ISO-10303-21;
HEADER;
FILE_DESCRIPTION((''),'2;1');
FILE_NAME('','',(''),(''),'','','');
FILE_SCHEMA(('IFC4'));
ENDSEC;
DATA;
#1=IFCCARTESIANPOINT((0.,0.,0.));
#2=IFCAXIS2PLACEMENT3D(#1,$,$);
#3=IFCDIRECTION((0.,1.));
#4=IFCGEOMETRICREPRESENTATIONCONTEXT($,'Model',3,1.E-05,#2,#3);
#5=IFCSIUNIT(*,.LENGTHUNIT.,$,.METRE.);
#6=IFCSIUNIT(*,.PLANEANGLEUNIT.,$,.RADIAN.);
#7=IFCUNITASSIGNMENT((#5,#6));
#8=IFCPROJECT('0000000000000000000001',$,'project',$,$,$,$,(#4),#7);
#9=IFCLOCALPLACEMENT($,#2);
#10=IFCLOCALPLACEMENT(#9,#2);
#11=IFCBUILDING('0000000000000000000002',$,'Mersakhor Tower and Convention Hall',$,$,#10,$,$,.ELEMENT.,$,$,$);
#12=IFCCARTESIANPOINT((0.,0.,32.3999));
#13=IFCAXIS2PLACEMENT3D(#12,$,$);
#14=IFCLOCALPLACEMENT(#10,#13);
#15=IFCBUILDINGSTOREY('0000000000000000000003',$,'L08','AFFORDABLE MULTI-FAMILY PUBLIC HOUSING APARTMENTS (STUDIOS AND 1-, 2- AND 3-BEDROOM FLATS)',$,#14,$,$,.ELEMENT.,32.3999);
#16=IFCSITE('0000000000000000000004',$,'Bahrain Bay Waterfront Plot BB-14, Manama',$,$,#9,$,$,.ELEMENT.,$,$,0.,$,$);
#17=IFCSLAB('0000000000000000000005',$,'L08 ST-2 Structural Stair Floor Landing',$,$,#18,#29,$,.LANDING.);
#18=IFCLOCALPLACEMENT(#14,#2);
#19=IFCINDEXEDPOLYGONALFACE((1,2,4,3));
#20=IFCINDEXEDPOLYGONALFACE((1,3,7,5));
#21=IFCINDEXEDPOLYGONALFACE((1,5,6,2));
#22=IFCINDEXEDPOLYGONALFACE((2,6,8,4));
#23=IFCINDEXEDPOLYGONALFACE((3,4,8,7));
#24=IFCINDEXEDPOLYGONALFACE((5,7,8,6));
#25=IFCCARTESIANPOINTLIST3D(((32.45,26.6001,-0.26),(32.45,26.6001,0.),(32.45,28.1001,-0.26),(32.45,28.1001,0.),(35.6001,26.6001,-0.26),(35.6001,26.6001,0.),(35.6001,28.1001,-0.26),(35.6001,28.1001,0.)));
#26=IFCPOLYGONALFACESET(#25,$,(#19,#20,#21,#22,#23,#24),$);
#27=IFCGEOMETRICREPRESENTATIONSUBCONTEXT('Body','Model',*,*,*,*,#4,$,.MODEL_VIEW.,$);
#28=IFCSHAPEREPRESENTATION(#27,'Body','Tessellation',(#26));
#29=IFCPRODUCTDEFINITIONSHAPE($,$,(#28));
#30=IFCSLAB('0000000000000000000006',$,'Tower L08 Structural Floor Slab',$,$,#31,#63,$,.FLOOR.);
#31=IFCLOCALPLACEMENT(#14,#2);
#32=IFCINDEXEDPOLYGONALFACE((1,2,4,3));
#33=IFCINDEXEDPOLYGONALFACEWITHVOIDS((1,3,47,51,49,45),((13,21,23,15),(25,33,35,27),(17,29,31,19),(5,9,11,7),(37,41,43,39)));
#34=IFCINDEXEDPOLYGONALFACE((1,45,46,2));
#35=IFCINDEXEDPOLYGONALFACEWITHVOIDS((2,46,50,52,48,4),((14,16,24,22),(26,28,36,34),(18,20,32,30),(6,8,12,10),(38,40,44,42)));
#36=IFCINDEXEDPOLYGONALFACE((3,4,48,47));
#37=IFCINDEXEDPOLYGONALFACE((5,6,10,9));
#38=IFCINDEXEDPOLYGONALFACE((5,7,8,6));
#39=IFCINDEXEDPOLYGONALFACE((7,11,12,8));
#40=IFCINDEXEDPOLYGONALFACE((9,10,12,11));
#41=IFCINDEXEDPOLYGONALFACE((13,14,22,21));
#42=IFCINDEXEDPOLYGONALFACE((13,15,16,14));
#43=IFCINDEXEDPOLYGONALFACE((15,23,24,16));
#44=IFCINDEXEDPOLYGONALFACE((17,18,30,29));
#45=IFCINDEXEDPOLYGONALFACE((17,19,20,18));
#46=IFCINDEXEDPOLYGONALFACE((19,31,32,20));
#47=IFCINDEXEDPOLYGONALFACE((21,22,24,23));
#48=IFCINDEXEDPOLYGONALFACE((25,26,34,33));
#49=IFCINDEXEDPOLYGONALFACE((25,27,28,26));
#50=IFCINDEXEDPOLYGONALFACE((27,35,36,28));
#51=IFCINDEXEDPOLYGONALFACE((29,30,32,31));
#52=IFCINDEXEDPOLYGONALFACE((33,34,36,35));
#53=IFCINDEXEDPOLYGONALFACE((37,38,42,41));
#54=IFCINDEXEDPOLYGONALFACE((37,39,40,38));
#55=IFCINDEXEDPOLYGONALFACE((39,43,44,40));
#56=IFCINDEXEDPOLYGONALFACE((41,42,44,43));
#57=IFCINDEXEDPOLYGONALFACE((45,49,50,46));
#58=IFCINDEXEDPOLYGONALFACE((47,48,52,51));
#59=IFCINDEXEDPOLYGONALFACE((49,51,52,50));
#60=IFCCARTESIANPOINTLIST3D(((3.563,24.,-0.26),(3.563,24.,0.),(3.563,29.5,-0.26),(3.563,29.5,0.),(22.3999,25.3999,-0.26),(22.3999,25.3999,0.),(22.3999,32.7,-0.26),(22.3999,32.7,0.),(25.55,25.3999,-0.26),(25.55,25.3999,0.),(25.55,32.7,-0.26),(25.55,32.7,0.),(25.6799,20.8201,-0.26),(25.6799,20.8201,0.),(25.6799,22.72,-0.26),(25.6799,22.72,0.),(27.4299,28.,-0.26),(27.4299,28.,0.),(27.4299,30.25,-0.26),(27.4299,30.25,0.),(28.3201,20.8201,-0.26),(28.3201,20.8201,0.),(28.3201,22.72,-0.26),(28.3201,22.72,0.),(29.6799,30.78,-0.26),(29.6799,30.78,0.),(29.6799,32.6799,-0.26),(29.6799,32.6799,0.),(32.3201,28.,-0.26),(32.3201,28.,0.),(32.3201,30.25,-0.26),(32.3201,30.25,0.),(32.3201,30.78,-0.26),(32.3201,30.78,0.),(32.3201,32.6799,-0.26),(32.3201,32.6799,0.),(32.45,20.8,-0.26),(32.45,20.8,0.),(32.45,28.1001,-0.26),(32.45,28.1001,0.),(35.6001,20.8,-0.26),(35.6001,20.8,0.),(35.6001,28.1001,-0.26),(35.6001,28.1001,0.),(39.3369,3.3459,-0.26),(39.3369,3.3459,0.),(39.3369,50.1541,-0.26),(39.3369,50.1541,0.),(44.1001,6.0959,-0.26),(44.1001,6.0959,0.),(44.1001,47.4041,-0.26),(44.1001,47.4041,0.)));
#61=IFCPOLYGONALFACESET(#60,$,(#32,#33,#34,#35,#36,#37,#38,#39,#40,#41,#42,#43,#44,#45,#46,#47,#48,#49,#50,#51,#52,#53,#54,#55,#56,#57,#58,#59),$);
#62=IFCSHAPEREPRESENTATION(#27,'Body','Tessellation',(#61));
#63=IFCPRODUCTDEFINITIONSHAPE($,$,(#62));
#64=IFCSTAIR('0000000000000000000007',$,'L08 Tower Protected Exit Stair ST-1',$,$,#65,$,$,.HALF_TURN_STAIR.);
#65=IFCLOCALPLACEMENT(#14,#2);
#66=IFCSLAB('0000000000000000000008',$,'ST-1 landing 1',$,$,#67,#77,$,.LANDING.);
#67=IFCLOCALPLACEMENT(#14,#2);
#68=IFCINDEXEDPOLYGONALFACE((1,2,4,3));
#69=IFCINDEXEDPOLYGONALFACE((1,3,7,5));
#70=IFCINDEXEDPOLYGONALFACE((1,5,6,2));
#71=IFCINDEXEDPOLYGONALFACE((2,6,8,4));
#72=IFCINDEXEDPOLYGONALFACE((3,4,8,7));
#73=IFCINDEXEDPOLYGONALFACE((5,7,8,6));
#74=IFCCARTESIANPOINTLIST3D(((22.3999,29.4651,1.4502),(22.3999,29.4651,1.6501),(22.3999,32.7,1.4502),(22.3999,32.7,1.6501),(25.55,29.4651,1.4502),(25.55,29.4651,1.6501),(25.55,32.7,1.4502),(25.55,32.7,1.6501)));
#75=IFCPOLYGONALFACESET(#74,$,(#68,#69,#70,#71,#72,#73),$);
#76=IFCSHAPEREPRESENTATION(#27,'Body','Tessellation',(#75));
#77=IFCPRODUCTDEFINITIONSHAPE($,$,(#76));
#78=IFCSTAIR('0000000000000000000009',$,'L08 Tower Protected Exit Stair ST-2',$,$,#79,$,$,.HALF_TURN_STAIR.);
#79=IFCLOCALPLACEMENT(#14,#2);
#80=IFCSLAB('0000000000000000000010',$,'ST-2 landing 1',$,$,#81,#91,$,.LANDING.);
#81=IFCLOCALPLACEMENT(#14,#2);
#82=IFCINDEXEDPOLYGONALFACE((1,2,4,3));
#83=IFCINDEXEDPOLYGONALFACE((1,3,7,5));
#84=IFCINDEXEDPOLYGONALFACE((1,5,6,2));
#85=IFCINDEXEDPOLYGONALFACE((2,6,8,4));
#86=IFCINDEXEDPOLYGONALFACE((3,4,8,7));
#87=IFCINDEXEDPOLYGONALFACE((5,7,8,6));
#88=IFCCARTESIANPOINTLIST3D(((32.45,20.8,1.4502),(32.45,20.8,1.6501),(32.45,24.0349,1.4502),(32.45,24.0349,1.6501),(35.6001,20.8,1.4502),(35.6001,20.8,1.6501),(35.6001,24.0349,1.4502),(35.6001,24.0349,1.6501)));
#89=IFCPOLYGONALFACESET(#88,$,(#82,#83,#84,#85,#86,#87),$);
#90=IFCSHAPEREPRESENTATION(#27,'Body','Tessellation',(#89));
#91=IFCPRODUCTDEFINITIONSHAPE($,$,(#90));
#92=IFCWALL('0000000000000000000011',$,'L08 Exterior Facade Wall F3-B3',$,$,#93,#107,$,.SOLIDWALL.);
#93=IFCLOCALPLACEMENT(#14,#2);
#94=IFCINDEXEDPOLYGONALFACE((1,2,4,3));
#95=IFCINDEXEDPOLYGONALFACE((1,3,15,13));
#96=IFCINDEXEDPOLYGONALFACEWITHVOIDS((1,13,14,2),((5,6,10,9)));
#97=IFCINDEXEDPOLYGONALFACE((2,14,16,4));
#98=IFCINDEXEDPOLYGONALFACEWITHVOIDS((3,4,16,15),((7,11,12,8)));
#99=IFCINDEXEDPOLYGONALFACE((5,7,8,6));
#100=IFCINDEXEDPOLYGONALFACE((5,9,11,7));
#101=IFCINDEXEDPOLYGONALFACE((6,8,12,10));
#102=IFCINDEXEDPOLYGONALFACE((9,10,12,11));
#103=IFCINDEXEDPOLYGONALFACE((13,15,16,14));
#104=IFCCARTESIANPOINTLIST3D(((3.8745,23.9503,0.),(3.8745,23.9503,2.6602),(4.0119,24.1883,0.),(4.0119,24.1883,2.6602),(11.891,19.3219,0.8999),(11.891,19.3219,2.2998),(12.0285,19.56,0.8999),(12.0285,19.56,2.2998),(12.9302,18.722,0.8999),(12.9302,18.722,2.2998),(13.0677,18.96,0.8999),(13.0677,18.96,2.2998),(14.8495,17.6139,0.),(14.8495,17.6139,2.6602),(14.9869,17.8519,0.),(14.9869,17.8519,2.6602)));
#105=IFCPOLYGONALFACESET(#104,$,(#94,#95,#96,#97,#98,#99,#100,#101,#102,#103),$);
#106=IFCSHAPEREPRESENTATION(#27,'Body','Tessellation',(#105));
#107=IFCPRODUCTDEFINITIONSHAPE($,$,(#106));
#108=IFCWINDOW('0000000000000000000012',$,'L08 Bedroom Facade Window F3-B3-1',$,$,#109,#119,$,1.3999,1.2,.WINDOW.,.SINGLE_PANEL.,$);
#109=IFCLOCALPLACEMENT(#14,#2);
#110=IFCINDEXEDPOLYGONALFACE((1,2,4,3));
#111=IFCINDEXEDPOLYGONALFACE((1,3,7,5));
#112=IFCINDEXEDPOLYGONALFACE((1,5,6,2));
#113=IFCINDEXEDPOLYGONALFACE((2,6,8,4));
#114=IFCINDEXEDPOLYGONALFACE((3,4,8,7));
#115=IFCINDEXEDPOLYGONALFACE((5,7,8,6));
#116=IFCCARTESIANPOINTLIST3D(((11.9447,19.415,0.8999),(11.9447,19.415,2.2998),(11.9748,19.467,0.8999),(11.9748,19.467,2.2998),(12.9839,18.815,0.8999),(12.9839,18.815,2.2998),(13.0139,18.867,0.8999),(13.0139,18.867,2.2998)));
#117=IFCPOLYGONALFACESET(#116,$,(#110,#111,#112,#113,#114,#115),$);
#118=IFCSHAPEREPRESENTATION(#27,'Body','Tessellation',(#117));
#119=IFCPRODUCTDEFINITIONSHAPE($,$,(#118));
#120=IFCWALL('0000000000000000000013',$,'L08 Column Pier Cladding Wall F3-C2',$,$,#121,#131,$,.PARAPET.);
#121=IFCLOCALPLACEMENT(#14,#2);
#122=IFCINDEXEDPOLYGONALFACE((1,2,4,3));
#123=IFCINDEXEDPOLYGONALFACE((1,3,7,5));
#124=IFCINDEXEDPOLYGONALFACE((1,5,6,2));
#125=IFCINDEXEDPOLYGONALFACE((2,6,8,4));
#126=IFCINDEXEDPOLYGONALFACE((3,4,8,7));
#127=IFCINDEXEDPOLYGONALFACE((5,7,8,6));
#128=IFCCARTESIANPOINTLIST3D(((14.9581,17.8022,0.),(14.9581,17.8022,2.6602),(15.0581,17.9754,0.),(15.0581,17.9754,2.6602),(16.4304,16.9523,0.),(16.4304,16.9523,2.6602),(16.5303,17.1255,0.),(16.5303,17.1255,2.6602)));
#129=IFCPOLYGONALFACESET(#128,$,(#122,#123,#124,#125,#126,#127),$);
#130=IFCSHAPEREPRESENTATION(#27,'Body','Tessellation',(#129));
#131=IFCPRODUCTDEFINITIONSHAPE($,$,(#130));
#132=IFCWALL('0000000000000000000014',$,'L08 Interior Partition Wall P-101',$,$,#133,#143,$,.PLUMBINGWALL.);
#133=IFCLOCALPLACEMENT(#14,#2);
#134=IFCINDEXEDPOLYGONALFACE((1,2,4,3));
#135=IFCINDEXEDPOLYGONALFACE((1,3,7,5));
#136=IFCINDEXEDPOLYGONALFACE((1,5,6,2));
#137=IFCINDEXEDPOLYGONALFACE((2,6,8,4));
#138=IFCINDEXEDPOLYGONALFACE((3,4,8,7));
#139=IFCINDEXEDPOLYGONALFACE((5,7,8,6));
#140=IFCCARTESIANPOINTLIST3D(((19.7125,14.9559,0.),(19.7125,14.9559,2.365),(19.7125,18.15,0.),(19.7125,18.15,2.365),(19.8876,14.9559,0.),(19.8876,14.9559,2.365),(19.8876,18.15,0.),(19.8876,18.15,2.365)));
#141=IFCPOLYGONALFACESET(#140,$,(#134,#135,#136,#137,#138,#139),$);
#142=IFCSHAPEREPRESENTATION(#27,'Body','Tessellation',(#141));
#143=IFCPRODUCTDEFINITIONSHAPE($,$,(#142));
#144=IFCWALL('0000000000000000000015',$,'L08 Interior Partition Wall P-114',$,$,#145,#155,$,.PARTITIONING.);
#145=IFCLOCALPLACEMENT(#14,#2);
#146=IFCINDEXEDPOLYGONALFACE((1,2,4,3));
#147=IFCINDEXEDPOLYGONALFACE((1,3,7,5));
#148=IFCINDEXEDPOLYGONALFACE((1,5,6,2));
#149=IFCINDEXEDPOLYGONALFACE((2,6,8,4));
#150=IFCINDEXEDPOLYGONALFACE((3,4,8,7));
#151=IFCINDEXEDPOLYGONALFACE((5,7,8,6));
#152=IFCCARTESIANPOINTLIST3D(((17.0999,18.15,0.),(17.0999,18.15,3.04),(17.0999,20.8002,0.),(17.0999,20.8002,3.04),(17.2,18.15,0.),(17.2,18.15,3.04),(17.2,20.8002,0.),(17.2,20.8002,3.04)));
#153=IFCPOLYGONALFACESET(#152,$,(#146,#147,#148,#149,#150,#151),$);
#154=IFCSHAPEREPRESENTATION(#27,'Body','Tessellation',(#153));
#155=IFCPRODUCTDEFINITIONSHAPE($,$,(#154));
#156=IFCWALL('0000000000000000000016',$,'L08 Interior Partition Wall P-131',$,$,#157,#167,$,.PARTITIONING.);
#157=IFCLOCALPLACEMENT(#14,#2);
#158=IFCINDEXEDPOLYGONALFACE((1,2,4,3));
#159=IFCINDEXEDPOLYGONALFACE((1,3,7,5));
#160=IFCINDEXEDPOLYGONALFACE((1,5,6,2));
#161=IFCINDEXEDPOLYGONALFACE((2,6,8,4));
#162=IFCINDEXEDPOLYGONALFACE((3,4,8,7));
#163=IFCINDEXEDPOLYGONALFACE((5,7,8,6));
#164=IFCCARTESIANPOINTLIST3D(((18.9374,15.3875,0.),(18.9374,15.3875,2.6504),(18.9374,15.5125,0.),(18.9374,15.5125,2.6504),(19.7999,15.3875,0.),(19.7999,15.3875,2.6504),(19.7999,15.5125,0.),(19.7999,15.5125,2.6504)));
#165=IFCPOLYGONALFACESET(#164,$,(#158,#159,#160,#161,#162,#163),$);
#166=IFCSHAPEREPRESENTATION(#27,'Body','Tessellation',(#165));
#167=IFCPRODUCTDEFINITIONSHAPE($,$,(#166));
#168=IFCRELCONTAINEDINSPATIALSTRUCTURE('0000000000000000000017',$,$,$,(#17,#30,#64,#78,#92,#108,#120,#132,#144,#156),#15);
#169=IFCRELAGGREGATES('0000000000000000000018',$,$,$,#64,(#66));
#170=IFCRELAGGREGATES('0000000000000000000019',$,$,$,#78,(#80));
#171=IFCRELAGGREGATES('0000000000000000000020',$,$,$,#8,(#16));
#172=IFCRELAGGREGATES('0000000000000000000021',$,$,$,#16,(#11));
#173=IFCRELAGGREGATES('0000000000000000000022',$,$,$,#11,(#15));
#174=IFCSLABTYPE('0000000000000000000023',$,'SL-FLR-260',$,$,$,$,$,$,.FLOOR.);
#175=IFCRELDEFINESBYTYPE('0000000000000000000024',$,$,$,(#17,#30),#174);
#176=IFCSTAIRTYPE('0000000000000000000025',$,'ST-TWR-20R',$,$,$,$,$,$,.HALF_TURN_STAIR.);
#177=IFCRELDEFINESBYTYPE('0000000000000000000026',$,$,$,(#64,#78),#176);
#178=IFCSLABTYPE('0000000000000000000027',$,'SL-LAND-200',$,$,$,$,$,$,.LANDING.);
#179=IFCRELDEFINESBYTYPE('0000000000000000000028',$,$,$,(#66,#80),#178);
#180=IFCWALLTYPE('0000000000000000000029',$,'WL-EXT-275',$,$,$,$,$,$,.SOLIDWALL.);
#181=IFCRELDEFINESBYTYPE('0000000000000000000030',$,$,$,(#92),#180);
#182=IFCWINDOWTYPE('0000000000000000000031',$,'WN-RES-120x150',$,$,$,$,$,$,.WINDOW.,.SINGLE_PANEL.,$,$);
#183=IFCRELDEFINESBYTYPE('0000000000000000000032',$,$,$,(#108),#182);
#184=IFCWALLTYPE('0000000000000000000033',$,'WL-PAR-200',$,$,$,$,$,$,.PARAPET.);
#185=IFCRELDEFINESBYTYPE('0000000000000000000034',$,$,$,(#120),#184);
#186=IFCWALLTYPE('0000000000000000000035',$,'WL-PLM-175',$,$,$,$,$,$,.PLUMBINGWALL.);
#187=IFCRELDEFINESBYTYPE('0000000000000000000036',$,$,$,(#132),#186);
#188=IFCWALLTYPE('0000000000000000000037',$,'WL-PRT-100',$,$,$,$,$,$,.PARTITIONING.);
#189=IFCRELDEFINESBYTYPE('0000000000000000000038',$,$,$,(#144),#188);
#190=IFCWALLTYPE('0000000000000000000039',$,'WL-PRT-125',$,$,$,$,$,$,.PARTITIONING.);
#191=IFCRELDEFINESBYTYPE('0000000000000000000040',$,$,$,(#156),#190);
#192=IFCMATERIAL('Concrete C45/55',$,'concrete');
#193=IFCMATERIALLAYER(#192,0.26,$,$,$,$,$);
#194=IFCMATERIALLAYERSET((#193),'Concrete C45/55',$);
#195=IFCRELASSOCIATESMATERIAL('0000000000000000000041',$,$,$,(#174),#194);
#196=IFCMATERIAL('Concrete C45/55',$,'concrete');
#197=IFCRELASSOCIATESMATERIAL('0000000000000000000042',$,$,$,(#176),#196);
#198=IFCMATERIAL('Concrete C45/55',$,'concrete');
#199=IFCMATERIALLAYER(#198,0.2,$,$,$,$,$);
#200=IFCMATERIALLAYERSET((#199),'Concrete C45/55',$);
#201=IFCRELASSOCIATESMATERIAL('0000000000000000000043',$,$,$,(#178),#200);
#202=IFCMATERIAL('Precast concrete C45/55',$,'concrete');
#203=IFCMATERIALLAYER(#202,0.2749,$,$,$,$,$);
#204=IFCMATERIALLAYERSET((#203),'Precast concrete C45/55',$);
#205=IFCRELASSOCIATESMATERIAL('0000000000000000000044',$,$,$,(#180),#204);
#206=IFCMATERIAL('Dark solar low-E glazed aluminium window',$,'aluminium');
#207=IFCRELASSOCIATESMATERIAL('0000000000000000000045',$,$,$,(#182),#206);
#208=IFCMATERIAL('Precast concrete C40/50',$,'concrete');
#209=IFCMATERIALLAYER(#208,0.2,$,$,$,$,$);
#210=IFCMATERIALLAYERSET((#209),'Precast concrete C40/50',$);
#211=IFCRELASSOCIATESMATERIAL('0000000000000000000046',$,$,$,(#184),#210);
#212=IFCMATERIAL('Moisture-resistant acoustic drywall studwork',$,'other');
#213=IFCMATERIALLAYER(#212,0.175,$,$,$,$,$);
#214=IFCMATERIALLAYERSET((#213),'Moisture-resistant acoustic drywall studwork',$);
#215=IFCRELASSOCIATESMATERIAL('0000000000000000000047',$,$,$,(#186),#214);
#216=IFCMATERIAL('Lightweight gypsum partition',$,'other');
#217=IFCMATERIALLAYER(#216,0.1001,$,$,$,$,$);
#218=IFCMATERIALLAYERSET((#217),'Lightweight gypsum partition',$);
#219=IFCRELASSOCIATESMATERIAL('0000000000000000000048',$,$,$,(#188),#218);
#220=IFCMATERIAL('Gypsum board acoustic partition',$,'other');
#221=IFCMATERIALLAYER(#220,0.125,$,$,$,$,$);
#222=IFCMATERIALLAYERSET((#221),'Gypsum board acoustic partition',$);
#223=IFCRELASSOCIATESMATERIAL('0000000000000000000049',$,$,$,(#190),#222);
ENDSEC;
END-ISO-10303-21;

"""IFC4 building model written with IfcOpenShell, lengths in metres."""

from ifc_helpers import new_model, si_unit, direction, frame, frame_2d, origin, place, context, subcontext, project, spatial, polyline, rectangle, outline, extrude, material, layer, layer_set, type_object, element, fill, aggregate, save


model = new_model("IFC4")

# Units and contexts
model_context = context("Model", 3, precision=1e-05, world=origin(), true_north=direction((0.0, 1.0)))
body_context = subcontext(model_context, "Body", "Model", "MODEL_VIEW")
ifc_project = project(units=[si_unit("LENGTHUNIT", "METRE"), si_unit("PLANEANGLEUNIT", "RADIAN")], contexts=[model_context])

# Site, building, storey
site_placement = place(None, origin())
site = spatial("IfcSite", under=ifc_project, at=site_placement, Name="Bahrain Bay Waterfront Plot BB-14, Manama", CompositionType="ELEMENT", RefElevation=0.0)
building_placement = place(site_placement, origin())
building = spatial("IfcBuilding", under=site, at=building_placement, Name="Mersakhor Tower and Convention Hall", CompositionType="ELEMENT")
storey_placement = place(building_placement, frame((0.0, 0.0, 32.3999)))
storey = spatial("IfcBuildingStorey", under=building, at=storey_placement, Name="L08", Description="AFFORDABLE MULTI-FAMILY PUBLIC HOUSING APARTMENTS (STUDIOS AND 1-, 2- AND 3-BEDROOM FLATS)", CompositionType="ELEMENT", Elevation=32.3999)

# Slabs
ifc_material_1 = material(Name="Concrete C45/55", Category="concrete")
ifc_layer_1 = layer(ifc_material_1, 0.26)
ifc_layer_set_1 = layer_set([ifc_layer_1], Name="Concrete C45/55")
slab_type_1 = type_object("IfcSlabType", Name="SL-FLR-260", PredefinedType="FLOOR", material=ifc_layer_set_1)
slab_1_placement = place(storey_placement, frame((0.0, 0.0, -0.26)))
element("IfcSlab", 1, at=slab_1_placement, inside=storey, type_object=slab_type_1, Name="L08 ST-2 Structural Stair Floor Landing", PredefinedType="LANDING", context=body_context, shape_type="SweptSolid", body=[
    extrude(outline(polyline([(32.45, 28.1001), (32.45, 26.6001), (35.6001, 26.6001), (35.6001, 28.1001), (32.45, 28.1001)])), origin(), (0.0, 0.0, 1.0), 0.26),
])
slab_2_placement = place(storey_placement, frame((0.0, 0.0, -0.26)))
element("IfcSlab", 2, at=slab_2_placement, inside=storey, type_object=slab_type_1, Name="Tower L08 Structural Floor Slab", PredefinedType="FLOOR", context=body_context, shape_type="SweptSolid", body=[
    extrude(outline(polyline([(3.563, 29.5), (39.3369, 50.1541), (44.1001, 47.4041), (44.1001, 6.0959), (39.3369, 3.3459), (3.563, 24.0), (3.563, 29.5)]), holes=[polyline([(25.55, 25.3999), (25.55, 32.7), (22.3999, 32.7), (22.3999, 25.3999), (25.55, 25.3999)]), polyline([(32.45, 28.1001), (32.45, 20.8), (35.6001, 20.8), (35.6001, 28.1001), (32.45, 28.1001)]), polyline([(25.6799, 20.8201), (25.6799, 22.72), (28.3201, 22.72), (28.3201, 20.8201), (25.6799, 20.8201)]), polyline([(29.6799, 30.78), (29.6799, 32.6799), (32.3201, 32.6799), (32.3201, 30.78), (29.6799, 30.78)]), polyline([(27.4299, 28.0), (27.4299, 30.25), (32.3201, 30.25), (32.3201, 28.0), (27.4299, 28.0)])]), origin(), (0.0, 0.0, 1.0), 0.26),
])

# Stairs, slabs
ifc_material_2 = material(Name="Concrete C45/55", Category="concrete")
stair_type = type_object("IfcStairType", Name="ST-TWR-20R", PredefinedType="HALF_TURN_STAIR", material=ifc_material_2)
stair_1_placement = place(storey_placement, origin())
stair_1 = element("IfcStair", 3, at=stair_1_placement, inside=storey, type_object=stair_type, Name="L08 Tower Protected Exit Stair ST-1", PredefinedType="HALF_TURN_STAIR")
ifc_material_3 = material(Name="Concrete C45/55", Category="concrete")
ifc_layer_2 = layer(ifc_material_3, 0.2)
ifc_layer_set_2 = layer_set([ifc_layer_2], Name="Concrete C45/55")
slab_type_2 = type_object("IfcSlabType", Name="SL-LAND-200", PredefinedType="LANDING", material=ifc_layer_set_2)
slab_3_placement = place(storey_placement, frame((0.0, 0.0, 1.4502)))
slab_3 = element("IfcSlab", 4, at=slab_3_placement, type_object=slab_type_2, Name="ST-1 landing 1", PredefinedType="LANDING", context=body_context, shape_type="SweptSolid", body=[
    extrude(outline(polyline([(25.55, 29.4651), (25.55, 32.7), (22.3999, 32.7), (22.3999, 29.4651), (25.55, 29.4651)])), origin(), (0.0, 0.0, 1.0), 0.2),
])
aggregate(stair_1, [slab_3])
stair_2_placement = place(storey_placement, origin())
stair_2 = element("IfcStair", 5, at=stair_2_placement, inside=storey, type_object=stair_type, Name="L08 Tower Protected Exit Stair ST-2", PredefinedType="HALF_TURN_STAIR")
slab_4_placement = place(storey_placement, frame((0.0, 0.0, 1.4502)))
slab_4 = element("IfcSlab", 6, at=slab_4_placement, type_object=slab_type_2, Name="ST-2 landing 1", PredefinedType="LANDING", context=body_context, shape_type="SweptSolid", body=[
    extrude(outline(polyline([(32.45, 24.0349), (32.45, 20.8), (35.6001, 20.8), (35.6001, 24.0349), (32.45, 24.0349)])), origin(), (0.0, 0.0, 1.0), 0.2),
])
aggregate(stair_2, [slab_4])

# Wall, opening, window
ifc_material_4 = material(Name="Precast concrete C45/55", Category="concrete")
ifc_layer_3 = layer(ifc_material_4, 0.2749)
ifc_layer_set_3 = layer_set([ifc_layer_3], Name="Precast concrete C45/55")
wall_type_1 = type_object("IfcWallType", Name="WL-EXT-275", PredefinedType="SOLIDWALL", material=ifc_layer_set_3)
wall_1_placement = place(storey_placement, frame((14.9182, 17.7329, 0.0), z_axis=(0.0, 0.0, 1.0), x_axis=(-0.866027, 0.499997, 0.0)))
wall_1 = element("IfcWall", 7, at=wall_1_placement, inside=storey, type_object=wall_type_1, Name="L08 Exterior Facade Wall F3-B3", PredefinedType="SOLIDWALL", context=body_context, shape_type="SweptSolid", body=[
    extrude(rectangle(XDim=12.6729, YDim=0.2749, at=frame_2d((6.3364, 0.0))), origin(), (0.0, 0.0, 1.0), 2.6602),
])
opening_placement = place(wall_1_placement, frame((2.2161, 0.0, 0.8999)))
opening = element("IfcOpeningElement", 8, at=opening_placement, cuts=wall_1, PredefinedType="OPENING", context=body_context, shape_type="SweptSolid", body=[
    extrude(rectangle(XDim=1.2, YDim=1.3999, at=frame_2d((0.6001, 0.7))), frame((0.0, 0.1475, 0.0), z_axis=(0.0, -1.0, 0.0), x_axis=(1.0, 0.0, 0.0)), (0.0, 0.0, 1.0), 0.2949),
])
ifc_material_5 = material(Name="Dark solar low-E glazed aluminium window", Category="aluminium")
window_type = type_object("IfcWindowType", Name="WN-RES-120x150", PartitioningType="SINGLE_PANEL", PredefinedType="WINDOW", material=ifc_material_5)
window_placement = place(opening_placement, origin())
window = element("IfcWindow", 9, at=window_placement, inside=storey, type_object=window_type, Name="L08 Bedroom Facade Window F3-B3-1", OverallHeight=1.3999, OverallWidth=1.2, PartitioningType="SINGLE_PANEL", PredefinedType="WINDOW", context=body_context, shape_type="SweptSolid", body=[
    extrude(rectangle(XDim=1.2, YDim=1.3999, at=frame_2d((0.6001, 0.7))), frame((0.0, 0.03, 0.0), z_axis=(0.0, -1.0, 0.0), x_axis=(1.0, 0.0, 0.0)), (0.0, 0.0, 1.0), 0.0601),
])
fill(opening, window)

# Walls
ifc_material_6 = material(Name="Precast concrete C40/50", Category="concrete")
ifc_layer_4 = layer(ifc_material_6, 0.2)
ifc_layer_set_4 = layer_set([ifc_layer_4], Name="Precast concrete C40/50")
wall_type_2 = type_object("IfcWallType", Name="WL-PAR-200", PredefinedType="PARAPET", material=ifc_layer_set_4)
wall_2_placement = place(storey_placement, frame((16.4805, 17.0388, 0.0), z_axis=(0.0, 0.0, 1.0), x_axis=(-0.866052, 0.499955, 0.0)))
element("IfcWall", 10, at=wall_2_placement, inside=storey, type_object=wall_type_2, Name="L08 Column Pier Cladding Wall F3-C2", PredefinedType="PARAPET", context=body_context, shape_type="SweptSolid", body=[
    extrude(rectangle(XDim=1.7, YDim=0.2, at=frame_2d((0.8501, 0.0))), origin(), (0.0, 0.0, 1.0), 2.6602),
])
ifc_material_7 = material(Name="Moisture-resistant acoustic drywall studwork", Category="other")
ifc_layer_5 = layer(ifc_material_7, 0.175)
ifc_layer_set_5 = layer_set([ifc_layer_5], Name="Moisture-resistant acoustic drywall studwork")
wall_type_3 = type_object("IfcWallType", Name="WL-PLM-175", PredefinedType="PLUMBINGWALL", material=ifc_layer_set_5)
wall_3_placement = place(storey_placement, frame((19.8, 14.9558, 0.0), z_axis=(0.0, 0.0, 1.0), x_axis=(0.0, 1.0, 0.0)))
element("IfcWall", 11, at=wall_3_placement, inside=storey, type_object=wall_type_3, Name="L08 Interior Partition Wall P-101", PredefinedType="PLUMBINGWALL", context=body_context, shape_type="SweptSolid", body=[
    extrude(rectangle(XDim=3.1941, YDim=0.175, at=frame_2d((1.5972, 0.0))), origin(), (0.0, 0.0, 1.0), 2.365),
])
ifc_material_8 = material(Name="Lightweight gypsum partition", Category="other")
ifc_layer_6 = layer(ifc_material_8, 0.1001)
ifc_layer_set_6 = layer_set([ifc_layer_6], Name="Lightweight gypsum partition")
wall_type_4 = type_object("IfcWallType", Name="WL-PRT-100", PredefinedType="PARTITIONING", material=ifc_layer_set_6)
wall_4_placement = place(storey_placement, frame((17.1499, 18.1499, 0.0), z_axis=(0.0, 0.0, 1.0), x_axis=(0.0, 1.0, 0.0)))
element("IfcWall", 12, at=wall_4_placement, inside=storey, type_object=wall_type_4, Name="L08 Interior Partition Wall P-114", PredefinedType="PARTITIONING", context=body_context, shape_type="SweptSolid", body=[
    extrude(rectangle(XDim=2.6501, YDim=0.1001, at=frame_2d((1.3252, 0.0))), origin(), (0.0, 0.0, 1.0), 3.04),
])
ifc_material_9 = material(Name="Gypsum board acoustic partition", Category="other")
ifc_layer_7 = layer(ifc_material_9, 0.125)
ifc_layer_set_7 = layer_set([ifc_layer_7], Name="Gypsum board acoustic partition")
wall_type_5 = type_object("IfcWallType", Name="WL-PRT-125", PredefinedType="PARTITIONING", material=ifc_layer_set_7)
wall_5_placement = place(storey_placement, frame((18.9375, 15.45, 0.0), z_axis=(0.0, 0.0, 1.0), x_axis=(1.0, 0.0, 0.0)))
element("IfcWall", 13, at=wall_5_placement, inside=storey, type_object=wall_type_5, Name="L08 Interior Partition Wall P-131", PredefinedType="PARTITIONING", context=body_context, shape_type="SweptSolid", body=[
    extrude(rectangle(XDim=0.8625, YDim=0.125, at=frame_2d((0.4312, 0.0))), origin(), (0.0, 0.0, 1.0), 2.6504),
])

save(model, "model.ifc")
